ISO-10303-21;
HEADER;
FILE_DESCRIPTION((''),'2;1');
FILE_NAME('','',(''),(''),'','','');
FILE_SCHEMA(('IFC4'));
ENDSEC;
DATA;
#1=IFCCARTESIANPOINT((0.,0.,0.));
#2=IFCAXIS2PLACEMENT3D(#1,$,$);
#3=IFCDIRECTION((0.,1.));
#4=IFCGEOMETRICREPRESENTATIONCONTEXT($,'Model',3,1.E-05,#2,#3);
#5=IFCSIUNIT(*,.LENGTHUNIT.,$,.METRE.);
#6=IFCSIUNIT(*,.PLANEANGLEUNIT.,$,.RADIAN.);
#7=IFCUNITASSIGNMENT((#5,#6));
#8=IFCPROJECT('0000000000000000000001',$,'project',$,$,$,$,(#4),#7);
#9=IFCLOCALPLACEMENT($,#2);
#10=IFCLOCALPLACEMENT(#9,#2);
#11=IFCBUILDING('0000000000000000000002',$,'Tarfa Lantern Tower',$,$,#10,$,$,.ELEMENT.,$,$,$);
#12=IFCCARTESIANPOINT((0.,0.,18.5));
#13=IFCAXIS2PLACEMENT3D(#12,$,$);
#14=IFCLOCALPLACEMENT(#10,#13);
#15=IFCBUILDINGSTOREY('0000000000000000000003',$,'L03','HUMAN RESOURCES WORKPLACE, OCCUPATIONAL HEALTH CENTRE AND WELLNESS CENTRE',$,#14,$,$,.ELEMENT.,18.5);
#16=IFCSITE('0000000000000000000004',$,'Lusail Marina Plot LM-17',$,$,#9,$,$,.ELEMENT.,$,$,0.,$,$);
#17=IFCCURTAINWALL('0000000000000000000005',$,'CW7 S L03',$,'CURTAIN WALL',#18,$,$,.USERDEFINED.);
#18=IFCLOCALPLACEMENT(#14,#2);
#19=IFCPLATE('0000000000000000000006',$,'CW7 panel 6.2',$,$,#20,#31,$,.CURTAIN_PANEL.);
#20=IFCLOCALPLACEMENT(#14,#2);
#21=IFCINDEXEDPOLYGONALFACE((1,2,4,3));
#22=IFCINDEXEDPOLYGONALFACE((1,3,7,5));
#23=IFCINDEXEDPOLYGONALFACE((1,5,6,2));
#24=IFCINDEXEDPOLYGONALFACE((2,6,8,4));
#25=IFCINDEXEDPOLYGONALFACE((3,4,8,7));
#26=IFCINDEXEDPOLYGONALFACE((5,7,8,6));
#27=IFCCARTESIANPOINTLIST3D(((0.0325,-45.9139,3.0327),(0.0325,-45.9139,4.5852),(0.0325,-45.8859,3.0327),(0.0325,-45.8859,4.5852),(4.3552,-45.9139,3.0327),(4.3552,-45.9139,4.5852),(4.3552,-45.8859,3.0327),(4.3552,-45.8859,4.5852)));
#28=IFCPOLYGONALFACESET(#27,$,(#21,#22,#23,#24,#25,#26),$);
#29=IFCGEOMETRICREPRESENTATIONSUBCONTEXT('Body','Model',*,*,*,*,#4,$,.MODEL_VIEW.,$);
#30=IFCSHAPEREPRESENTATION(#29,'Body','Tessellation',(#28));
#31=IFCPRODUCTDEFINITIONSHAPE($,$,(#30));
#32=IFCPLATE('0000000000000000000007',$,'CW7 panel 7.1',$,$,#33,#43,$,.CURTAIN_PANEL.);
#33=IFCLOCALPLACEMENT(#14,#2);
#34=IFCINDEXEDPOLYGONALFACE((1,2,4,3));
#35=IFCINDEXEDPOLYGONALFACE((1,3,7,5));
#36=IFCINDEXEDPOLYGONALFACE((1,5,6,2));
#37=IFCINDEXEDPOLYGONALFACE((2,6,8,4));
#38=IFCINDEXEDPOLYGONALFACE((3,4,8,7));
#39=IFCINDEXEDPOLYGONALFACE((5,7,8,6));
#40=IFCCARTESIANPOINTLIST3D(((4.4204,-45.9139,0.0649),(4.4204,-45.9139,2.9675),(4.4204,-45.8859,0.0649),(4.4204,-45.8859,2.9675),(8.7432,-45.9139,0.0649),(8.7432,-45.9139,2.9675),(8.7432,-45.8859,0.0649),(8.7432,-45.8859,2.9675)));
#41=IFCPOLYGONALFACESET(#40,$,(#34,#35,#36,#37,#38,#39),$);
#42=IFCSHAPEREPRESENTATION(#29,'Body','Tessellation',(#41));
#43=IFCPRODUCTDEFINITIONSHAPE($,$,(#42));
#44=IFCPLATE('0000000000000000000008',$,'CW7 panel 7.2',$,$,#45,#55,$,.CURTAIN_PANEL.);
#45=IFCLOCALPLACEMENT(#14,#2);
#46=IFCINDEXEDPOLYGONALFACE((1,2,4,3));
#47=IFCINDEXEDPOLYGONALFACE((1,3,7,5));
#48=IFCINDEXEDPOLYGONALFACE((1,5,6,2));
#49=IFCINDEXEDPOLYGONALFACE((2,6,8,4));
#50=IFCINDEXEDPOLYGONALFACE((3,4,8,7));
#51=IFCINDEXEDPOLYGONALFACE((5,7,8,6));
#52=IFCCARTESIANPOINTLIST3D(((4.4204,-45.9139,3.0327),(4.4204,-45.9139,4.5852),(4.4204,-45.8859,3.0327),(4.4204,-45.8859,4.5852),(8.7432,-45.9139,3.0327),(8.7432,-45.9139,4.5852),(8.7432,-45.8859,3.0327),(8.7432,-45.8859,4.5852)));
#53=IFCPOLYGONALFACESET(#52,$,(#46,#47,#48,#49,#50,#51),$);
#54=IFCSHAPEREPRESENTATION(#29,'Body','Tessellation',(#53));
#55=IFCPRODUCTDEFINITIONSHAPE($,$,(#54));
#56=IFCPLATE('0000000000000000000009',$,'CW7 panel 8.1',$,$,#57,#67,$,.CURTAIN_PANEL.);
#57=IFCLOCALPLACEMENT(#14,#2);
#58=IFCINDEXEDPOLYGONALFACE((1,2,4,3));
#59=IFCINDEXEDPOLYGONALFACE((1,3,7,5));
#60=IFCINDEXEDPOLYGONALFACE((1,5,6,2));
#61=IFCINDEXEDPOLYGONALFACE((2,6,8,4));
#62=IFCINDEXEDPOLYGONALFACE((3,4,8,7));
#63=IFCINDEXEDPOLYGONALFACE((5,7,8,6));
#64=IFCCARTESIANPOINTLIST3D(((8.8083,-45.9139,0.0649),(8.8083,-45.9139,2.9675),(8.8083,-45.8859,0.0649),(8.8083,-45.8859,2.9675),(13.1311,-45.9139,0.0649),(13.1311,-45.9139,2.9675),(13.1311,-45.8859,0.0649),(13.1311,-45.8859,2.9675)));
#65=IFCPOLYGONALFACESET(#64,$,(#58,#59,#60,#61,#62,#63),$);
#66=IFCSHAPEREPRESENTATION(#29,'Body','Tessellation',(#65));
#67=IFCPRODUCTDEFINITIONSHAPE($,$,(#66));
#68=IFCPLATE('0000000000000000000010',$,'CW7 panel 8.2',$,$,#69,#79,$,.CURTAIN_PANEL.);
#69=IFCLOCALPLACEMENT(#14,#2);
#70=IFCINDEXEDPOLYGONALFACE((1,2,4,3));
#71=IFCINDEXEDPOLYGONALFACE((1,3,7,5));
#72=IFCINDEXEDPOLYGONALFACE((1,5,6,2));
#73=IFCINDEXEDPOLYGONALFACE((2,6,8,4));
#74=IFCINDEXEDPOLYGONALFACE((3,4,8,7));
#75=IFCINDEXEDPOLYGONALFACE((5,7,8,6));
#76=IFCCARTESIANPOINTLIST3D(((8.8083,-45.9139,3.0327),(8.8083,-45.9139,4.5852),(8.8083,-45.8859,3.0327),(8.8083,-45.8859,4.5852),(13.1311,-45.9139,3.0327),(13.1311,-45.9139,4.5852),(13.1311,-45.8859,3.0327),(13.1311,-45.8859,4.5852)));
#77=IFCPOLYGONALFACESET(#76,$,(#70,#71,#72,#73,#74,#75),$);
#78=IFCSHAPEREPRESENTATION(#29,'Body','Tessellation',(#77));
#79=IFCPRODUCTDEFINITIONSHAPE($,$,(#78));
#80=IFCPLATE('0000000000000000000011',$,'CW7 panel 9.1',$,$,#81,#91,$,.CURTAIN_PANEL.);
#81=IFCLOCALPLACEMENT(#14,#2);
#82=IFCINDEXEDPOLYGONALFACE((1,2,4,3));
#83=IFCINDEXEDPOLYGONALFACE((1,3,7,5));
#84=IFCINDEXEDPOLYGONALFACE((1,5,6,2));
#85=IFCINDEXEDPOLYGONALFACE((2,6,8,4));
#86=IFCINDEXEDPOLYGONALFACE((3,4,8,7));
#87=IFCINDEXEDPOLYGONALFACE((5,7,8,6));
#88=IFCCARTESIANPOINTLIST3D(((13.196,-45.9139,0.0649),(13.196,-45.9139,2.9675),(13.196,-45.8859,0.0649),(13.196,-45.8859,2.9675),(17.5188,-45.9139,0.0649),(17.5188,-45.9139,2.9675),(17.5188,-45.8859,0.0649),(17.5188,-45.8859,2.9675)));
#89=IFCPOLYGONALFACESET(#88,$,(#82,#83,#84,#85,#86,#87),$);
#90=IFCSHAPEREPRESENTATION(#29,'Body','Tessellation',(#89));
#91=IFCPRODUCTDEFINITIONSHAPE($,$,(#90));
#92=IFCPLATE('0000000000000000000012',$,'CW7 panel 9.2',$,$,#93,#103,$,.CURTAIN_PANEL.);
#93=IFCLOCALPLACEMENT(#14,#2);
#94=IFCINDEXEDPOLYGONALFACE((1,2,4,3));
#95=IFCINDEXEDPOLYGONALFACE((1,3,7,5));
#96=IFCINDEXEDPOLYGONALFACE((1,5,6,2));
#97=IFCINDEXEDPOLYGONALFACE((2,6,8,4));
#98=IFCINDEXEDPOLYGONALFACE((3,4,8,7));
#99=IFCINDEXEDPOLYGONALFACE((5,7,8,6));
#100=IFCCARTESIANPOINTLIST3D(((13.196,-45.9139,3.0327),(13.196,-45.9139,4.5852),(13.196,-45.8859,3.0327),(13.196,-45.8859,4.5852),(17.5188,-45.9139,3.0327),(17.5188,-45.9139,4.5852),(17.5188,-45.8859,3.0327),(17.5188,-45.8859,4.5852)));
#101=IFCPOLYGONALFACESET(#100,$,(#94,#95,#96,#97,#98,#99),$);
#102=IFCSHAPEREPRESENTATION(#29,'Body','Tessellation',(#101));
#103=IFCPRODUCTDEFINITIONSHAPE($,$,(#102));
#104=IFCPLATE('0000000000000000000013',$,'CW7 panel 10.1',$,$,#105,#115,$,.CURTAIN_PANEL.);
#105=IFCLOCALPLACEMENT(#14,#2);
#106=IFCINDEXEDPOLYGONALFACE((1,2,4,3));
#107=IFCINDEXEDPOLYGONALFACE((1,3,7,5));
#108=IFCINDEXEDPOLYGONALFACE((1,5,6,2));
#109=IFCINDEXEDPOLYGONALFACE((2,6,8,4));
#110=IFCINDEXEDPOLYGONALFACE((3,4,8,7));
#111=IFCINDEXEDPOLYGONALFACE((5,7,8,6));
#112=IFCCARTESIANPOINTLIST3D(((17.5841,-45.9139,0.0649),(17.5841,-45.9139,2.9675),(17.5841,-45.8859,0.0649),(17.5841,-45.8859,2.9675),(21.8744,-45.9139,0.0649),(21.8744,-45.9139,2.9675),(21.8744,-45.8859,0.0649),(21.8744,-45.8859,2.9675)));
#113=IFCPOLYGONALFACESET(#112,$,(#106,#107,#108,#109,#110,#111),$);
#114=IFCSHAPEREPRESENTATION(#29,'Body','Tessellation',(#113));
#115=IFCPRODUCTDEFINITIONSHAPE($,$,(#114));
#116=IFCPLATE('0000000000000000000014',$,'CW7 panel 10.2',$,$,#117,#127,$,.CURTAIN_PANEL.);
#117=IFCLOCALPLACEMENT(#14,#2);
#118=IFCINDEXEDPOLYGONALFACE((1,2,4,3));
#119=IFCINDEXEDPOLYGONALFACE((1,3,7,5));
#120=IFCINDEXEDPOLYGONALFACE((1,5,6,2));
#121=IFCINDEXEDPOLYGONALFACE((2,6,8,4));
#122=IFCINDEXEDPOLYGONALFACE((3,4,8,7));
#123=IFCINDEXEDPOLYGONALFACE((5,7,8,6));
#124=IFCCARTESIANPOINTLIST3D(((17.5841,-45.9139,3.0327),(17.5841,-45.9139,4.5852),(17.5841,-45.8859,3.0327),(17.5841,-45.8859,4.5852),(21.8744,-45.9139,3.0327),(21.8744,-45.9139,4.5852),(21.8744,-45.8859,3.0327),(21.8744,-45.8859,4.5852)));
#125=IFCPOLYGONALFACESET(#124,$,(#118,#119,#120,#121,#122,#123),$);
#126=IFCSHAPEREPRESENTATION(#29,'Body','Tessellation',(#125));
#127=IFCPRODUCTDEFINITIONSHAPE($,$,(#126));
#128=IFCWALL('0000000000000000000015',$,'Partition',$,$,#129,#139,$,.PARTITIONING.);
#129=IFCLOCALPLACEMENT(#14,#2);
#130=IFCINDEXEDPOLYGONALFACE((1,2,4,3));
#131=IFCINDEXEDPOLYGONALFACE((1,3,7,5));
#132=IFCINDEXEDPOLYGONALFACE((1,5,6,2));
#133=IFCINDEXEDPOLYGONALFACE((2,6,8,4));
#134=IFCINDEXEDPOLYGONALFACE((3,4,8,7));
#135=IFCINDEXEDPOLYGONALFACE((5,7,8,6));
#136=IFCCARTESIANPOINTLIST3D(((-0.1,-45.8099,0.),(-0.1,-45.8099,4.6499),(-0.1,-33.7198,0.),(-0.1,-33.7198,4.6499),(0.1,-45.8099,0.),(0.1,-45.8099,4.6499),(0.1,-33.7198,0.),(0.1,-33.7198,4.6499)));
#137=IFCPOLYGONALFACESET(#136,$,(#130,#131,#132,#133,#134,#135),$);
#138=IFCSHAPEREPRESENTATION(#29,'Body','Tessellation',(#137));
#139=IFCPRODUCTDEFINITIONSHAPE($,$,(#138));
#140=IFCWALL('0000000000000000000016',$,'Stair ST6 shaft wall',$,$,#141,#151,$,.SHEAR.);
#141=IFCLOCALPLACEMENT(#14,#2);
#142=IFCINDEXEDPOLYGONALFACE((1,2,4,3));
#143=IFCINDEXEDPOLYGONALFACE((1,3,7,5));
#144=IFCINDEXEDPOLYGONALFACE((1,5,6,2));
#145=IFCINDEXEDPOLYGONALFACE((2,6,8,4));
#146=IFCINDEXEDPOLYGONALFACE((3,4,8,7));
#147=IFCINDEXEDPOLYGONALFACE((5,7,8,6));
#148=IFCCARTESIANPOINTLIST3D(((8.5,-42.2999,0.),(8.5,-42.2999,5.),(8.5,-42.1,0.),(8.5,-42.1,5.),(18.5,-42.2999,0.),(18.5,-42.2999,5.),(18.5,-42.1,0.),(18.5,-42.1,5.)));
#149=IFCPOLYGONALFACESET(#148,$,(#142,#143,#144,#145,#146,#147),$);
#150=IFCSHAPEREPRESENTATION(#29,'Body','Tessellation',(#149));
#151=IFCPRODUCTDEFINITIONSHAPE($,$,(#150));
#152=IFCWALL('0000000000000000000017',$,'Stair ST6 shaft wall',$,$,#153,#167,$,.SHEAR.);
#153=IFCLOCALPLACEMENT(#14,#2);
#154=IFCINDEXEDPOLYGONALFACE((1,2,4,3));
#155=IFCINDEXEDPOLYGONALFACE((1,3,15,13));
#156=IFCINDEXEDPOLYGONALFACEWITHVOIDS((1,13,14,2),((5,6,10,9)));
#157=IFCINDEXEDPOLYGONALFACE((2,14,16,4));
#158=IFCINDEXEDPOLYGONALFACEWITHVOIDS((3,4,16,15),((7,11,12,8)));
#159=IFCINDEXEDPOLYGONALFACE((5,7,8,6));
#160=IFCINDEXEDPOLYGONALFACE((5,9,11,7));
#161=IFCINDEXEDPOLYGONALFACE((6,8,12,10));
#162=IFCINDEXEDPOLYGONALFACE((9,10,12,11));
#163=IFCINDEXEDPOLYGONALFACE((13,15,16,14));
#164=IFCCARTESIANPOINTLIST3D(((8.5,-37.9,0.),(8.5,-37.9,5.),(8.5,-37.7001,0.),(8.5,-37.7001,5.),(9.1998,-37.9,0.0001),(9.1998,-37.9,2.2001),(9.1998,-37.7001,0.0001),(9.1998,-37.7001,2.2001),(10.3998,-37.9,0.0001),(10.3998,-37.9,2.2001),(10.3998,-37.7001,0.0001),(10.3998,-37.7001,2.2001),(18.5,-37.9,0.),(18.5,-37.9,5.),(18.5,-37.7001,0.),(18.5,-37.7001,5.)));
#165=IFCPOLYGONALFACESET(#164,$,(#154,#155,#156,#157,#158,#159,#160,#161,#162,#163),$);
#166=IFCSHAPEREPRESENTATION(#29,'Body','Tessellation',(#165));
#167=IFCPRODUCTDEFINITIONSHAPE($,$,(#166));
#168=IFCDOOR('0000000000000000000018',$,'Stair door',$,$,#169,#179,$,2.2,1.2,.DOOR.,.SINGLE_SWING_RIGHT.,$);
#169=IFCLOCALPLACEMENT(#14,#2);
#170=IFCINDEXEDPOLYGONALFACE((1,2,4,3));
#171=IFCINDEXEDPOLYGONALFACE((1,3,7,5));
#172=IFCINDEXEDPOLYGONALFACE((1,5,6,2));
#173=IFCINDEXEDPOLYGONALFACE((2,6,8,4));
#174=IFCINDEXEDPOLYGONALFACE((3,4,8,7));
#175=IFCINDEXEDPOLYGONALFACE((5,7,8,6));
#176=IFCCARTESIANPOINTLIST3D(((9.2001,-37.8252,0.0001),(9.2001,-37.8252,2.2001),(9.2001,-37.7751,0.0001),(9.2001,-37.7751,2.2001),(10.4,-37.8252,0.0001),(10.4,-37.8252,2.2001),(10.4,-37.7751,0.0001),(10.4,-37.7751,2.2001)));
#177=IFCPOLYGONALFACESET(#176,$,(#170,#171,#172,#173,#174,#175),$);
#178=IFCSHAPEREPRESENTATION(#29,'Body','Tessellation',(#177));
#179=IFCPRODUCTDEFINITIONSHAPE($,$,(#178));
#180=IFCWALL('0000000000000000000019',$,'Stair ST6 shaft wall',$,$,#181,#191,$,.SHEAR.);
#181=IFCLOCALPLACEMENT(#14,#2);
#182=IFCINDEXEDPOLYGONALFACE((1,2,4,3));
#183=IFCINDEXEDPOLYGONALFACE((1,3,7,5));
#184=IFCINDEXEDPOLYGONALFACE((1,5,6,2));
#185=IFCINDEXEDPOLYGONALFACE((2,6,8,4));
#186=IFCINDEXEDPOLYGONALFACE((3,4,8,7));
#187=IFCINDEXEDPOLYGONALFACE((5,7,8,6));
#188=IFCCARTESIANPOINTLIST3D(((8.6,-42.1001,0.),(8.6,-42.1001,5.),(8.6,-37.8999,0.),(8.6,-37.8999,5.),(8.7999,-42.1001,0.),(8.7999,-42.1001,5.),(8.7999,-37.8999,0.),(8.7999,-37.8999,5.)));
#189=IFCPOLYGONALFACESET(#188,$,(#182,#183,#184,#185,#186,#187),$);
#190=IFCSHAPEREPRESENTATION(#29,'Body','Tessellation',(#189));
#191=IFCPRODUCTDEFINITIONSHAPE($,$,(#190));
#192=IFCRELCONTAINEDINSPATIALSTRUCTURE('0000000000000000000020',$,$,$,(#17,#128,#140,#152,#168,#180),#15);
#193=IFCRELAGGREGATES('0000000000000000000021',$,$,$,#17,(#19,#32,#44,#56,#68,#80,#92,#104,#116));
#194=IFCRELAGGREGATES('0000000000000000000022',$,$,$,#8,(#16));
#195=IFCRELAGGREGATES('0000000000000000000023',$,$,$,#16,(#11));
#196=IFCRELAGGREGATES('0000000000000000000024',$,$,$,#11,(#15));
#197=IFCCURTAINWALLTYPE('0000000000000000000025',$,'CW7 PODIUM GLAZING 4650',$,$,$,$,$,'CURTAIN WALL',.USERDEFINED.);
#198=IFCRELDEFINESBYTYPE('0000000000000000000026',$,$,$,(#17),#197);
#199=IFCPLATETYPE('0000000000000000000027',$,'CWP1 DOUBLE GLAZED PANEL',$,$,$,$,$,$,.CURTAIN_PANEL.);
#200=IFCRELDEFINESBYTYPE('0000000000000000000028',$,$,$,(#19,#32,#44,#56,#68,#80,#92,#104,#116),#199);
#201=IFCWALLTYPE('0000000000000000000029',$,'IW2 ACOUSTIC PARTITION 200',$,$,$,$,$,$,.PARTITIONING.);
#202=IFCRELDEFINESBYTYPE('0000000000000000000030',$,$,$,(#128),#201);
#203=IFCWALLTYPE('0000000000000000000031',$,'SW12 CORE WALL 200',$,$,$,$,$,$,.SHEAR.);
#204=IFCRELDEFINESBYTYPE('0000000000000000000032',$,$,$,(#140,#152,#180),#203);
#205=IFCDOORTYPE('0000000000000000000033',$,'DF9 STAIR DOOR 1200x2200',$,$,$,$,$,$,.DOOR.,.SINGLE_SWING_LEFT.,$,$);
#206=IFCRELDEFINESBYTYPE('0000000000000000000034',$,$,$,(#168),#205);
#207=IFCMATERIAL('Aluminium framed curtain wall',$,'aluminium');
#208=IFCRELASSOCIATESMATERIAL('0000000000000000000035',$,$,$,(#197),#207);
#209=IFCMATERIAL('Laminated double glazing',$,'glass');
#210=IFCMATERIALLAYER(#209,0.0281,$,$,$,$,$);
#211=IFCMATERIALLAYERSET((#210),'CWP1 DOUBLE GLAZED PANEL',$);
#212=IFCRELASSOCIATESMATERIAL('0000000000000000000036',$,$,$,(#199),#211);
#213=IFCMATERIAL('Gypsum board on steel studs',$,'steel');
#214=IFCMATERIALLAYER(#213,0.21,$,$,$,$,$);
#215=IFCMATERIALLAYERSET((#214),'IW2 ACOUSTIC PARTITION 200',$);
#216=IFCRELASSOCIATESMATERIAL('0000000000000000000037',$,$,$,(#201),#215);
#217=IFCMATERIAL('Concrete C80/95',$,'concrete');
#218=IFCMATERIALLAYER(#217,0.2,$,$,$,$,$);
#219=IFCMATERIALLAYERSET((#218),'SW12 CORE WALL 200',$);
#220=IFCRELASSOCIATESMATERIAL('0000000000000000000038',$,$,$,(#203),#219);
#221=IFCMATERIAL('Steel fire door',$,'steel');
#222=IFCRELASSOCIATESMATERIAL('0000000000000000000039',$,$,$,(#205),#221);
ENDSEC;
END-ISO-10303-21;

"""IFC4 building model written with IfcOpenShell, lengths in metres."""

from ifc_helpers import new_model, si_unit, direction, frame, frame_2d, origin, origin_2d, place, context, subcontext, project, spatial, rectangle, extrude, material, layer, layer_set, type_object, element, fill, aggregate, save


model = new_model("IFC4")

# Units and contexts
model_context = context("Model", 3, precision=1e-05, world=origin(), true_north=direction((0.0, 1.0)))
body_context = subcontext(model_context, "Body", "Model", "MODEL_VIEW")
ifc_project = project(units=[si_unit("LENGTHUNIT", "METRE"), si_unit("PLANEANGLEUNIT", "RADIAN")], contexts=[model_context])

# Site, building, storey
site_placement = place(None, origin())
site = spatial("IfcSite", under=ifc_project, at=site_placement, Name="Lusail Marina Plot LM-17", CompositionType="ELEMENT", RefElevation=0.0)
building_placement = place(site_placement, origin())
building = spatial("IfcBuilding", under=site, at=building_placement, Name="Tarfa Lantern Tower", CompositionType="ELEMENT")
storey_placement = place(building_placement, frame((0.0, 0.0, 18.5)))
storey = spatial("IfcBuildingStorey", under=building, at=storey_placement, Name="L03", Description="HUMAN RESOURCES WORKPLACE, OCCUPATIONAL HEALTH CENTRE AND WELLNESS CENTRE", CompositionType="ELEMENT", Elevation=18.5)

# Shared definitions
ifc_material_1 = material(Name="Concrete C80/95", Category="concrete")

# Curtain wall
ifc_material_2 = material(Name="Aluminium framed curtain wall", Category="aluminium")
curtain_wall_type = type_object("IfcCurtainWallType", Name="CW7 PODIUM GLAZING 4650", ElementType="CURTAIN WALL", PredefinedType="USERDEFINED", material=ifc_material_2)
curtain_wall_placement = place(storey_placement, origin())
curtain_wall = element("IfcCurtainWall", 1, at=curtain_wall_placement, inside=storey, type_object=curtain_wall_type, Name="CW7 S L03", ObjectType="CURTAIN WALL", PredefinedType="USERDEFINED")

# Plates
ifc_material_3 = material(Name="Laminated double glazing", Category="glass")
ifc_layer_1 = layer(ifc_material_3, 0.0281)
ifc_layer_set_1 = layer_set([ifc_layer_1], Name="CWP1 DOUBLE GLAZED PANEL")
plate_type = type_object("IfcPlateType", Name="CWP1 DOUBLE GLAZED PANEL", PredefinedType="CURTAIN_PANEL", material=ifc_layer_set_1)
plate_1_placement = place(storey_placement, frame((2.1938, -45.8999, 3.0327), z_axis=(0.0, 0.0, 1.0), x_axis=(1.0, 0.0, 0.0)))
plate_1 = element("IfcPlate", 2, at=plate_1_placement, type_object=plate_type, Name="CW7 panel 6.2", PredefinedType="CURTAIN_PANEL", context=body_context, shape_type="SweptSolid", body=[
    extrude(rectangle(XDim=4.3228, YDim=0.0281, at=origin_2d()), origin(), (0.0, 0.0, 1.0), 1.5525),
])
plate_2_placement = place(storey_placement, frame((6.5818, -45.8999, 0.0649), z_axis=(0.0, 0.0, 1.0), x_axis=(1.0, 0.0, 0.0)))
plate_2 = element("IfcPlate", 3, at=plate_2_placement, type_object=plate_type, Name="CW7 panel 7.1", PredefinedType="CURTAIN_PANEL", context=body_context, shape_type="SweptSolid", body=[
    extrude(rectangle(XDim=4.3228, YDim=0.0281, at=origin_2d()), origin(), (0.0, 0.0, 1.0), 2.9026),
])
plate_3_placement = place(storey_placement, frame((6.5818, -45.8999, 3.0327), z_axis=(0.0, 0.0, 1.0), x_axis=(1.0, 0.0, 0.0)))
plate_3 = element("IfcPlate", 4, at=plate_3_placement, type_object=plate_type, Name="CW7 panel 7.2", PredefinedType="CURTAIN_PANEL", context=body_context, shape_type="SweptSolid", body=[
    extrude(rectangle(XDim=4.3228, YDim=0.0281, at=origin_2d()), origin(), (0.0, 0.0, 1.0), 1.5525),
])
plate_4_placement = place(storey_placement, frame((10.9697, -45.8999, 0.0649), z_axis=(0.0, 0.0, 1.0), x_axis=(1.0, 0.0, 0.0)))
plate_4 = element("IfcPlate", 5, at=plate_4_placement, type_object=plate_type, Name="CW7 panel 8.1", PredefinedType="CURTAIN_PANEL", context=body_context, shape_type="SweptSolid", body=[
    extrude(rectangle(XDim=4.3228, YDim=0.0281, at=origin_2d()), origin(), (0.0, 0.0, 1.0), 2.9026),
])
plate_5_placement = place(storey_placement, frame((10.9697, -45.8999, 3.0327), z_axis=(0.0, 0.0, 1.0), x_axis=(1.0, 0.0, 0.0)))
plate_5 = element("IfcPlate", 6, at=plate_5_placement, type_object=plate_type, Name="CW7 panel 8.2", PredefinedType="CURTAIN_PANEL", context=body_context, shape_type="SweptSolid", body=[
    extrude(rectangle(XDim=4.3228, YDim=0.0281, at=origin_2d()), origin(), (0.0, 0.0, 1.0), 1.5525),
])
plate_6_placement = place(storey_placement, frame((15.3574, -45.8999, 0.0649), z_axis=(0.0, 0.0, 1.0), x_axis=(1.0, 0.0, 0.0)))
plate_6 = element("IfcPlate", 7, at=plate_6_placement, type_object=plate_type, Name="CW7 panel 9.1", PredefinedType="CURTAIN_PANEL", context=body_context, shape_type="SweptSolid", body=[
    extrude(rectangle(XDim=4.3228, YDim=0.0281, at=origin_2d()), origin(), (0.0, 0.0, 1.0), 2.9026),
])
plate_7_placement = place(storey_placement, frame((15.3574, -45.8999, 3.0327), z_axis=(0.0, 0.0, 1.0), x_axis=(1.0, 0.0, 0.0)))
plate_7 = element("IfcPlate", 8, at=plate_7_placement, type_object=plate_type, Name="CW7 panel 9.2", PredefinedType="CURTAIN_PANEL", context=body_context, shape_type="SweptSolid", body=[
    extrude(rectangle(XDim=4.3228, YDim=0.0281, at=origin_2d()), origin(), (0.0, 0.0, 1.0), 1.5525),
])
plate_8_placement = place(storey_placement, frame((19.7292, -45.8999, 0.0649), z_axis=(0.0, 0.0, 1.0), x_axis=(1.0, 0.0, 0.0)))
plate_8 = element("IfcPlate", 9, at=plate_8_placement, type_object=plate_type, Name="CW7 panel 10.1", PredefinedType="CURTAIN_PANEL", context=body_context, shape_type="SweptSolid", body=[
    extrude(rectangle(XDim=4.2903, YDim=0.0281, at=origin_2d()), origin(), (0.0, 0.0, 1.0), 2.9026),
])
plate_9_placement = place(storey_placement, frame((19.7292, -45.8999, 3.0327), z_axis=(0.0, 0.0, 1.0), x_axis=(1.0, 0.0, 0.0)))
plate_9 = element("IfcPlate", 10, at=plate_9_placement, type_object=plate_type, Name="CW7 panel 10.2", PredefinedType="CURTAIN_PANEL", context=body_context, shape_type="SweptSolid", body=[
    extrude(rectangle(XDim=4.2903, YDim=0.0281, at=origin_2d()), origin(), (0.0, 0.0, 1.0), 1.5525),
])
aggregate(curtain_wall, [plate_1, plate_2, plate_3, plate_4, plate_5, plate_6, plate_7, plate_8, plate_9])

# Walls
ifc_material_4 = material(Name="Gypsum board on steel studs", Category="steel")
ifc_layer_2 = layer(ifc_material_4, 0.21)
ifc_layer_set_2 = layer_set([ifc_layer_2], Name="IW2 ACOUSTIC PARTITION 200")
wall_type_1 = type_object("IfcWallType", Name="IW2 ACOUSTIC PARTITION 200", PredefinedType="PARTITIONING", material=ifc_layer_set_2)
wall_1_placement = place(storey_placement, frame((0.0, -33.72, 0.0), z_axis=(0.0, 0.0, 1.0), x_axis=(0.0, -1.0, 0.0)))
element("IfcWall", 11, at=wall_1_placement, inside=storey, type_object=wall_type_1, Name="Partition", PredefinedType="PARTITIONING", context=body_context, shape_type="SweptSolid", body=[
    extrude(rectangle(XDim=12.0901, YDim=0.2, at=frame_2d((6.0449, 0.0))), origin(), (0.0, 0.0, 1.0), 4.6499),
])
ifc_layer_3 = layer(ifc_material_1, 0.2)
ifc_layer_set_3 = layer_set([ifc_layer_3], Name="SW12 CORE WALL 200")
wall_type_2 = type_object("IfcWallType", Name="SW12 CORE WALL 200", PredefinedType="SHEAR", material=ifc_layer_set_3)
wall_2_placement = place(storey_placement, frame((8.5, -42.2, 0.0), z_axis=(0.0, 0.0, 1.0), x_axis=(1.0, 0.0, 0.0)))
element("IfcWall", 12, at=wall_2_placement, inside=storey, type_object=wall_type_2, Name="Stair ST6 shaft wall", PredefinedType="SHEAR", context=body_context, shape_type="SweptSolid", body=[
    extrude(rectangle(XDim=10.0, YDim=0.2, at=frame_2d((5.0, 0.0))), origin(), (0.0, 0.0, 1.0), 5.0),
])

# Wall, opening, door
wall_3_placement = place(storey_placement, frame((18.5, -37.8, 0.0), z_axis=(0.0, 0.0, 1.0), x_axis=(-1.0, 0.0, 0.0)))
wall_3 = element("IfcWall", 13, at=wall_3_placement, inside=storey, type_object=wall_type_2, Name="Stair ST6 shaft wall", PredefinedType="SHEAR", context=body_context, shape_type="SweptSolid", body=[
    extrude(rectangle(XDim=10.0, YDim=0.2, at=frame_2d((5.0, 0.0))), origin(), (0.0, 0.0, 1.0), 5.0),
])
opening_placement = place(wall_3_placement, frame((8.1001, 0.0, 0.0)))
opening = element("IfcOpeningElement", 14, at=opening_placement, cuts=wall_3, PredefinedType="OPENING", context=body_context, shape_type="SweptSolid", body=[
    extrude(rectangle(XDim=1.2, YDim=2.2, at=frame_2d((0.6001, 1.1001))), frame((0.0, 0.1099, 0.0), z_axis=(0.0, -1.0, 0.0), x_axis=(1.0, 0.0, 0.0)), (0.0, 0.0, 1.0), 0.22),
])
ifc_material_5 = material(Name="Steel fire door", Category="steel")
door_type = type_object("IfcDoorType", Name="DF9 STAIR DOOR 1200x2200", OperationType="SINGLE_SWING_LEFT", PredefinedType="DOOR", material=ifc_material_5)
door_placement = place(opening_placement, frame((1.2, 0.0, 0.0), z_axis=(0.0, 0.0, 1.0), x_axis=(-1.0, 0.0, 0.0)))
door = element("IfcDoor", 15, at=door_placement, inside=storey, type_object=door_type, Name="Stair door", OperationType="SINGLE_SWING_RIGHT", OverallHeight=2.2, OverallWidth=1.2, PredefinedType="DOOR", context=body_context, shape_type="SweptSolid", body=[
    extrude(rectangle(XDim=1.2, YDim=2.2, at=frame_2d((0.6001, 1.1001))), frame((0.0, 0.0249, 0.0), z_axis=(0.0, -1.0, 0.0), x_axis=(1.0, 0.0, 0.0)), (0.0, 0.0, 1.0), 0.05),
])
fill(opening, door)

# Wall
for number, where, z_axis, x_axis, name in (
    (16, (8.7, -37.8999, 0.0), (0.0, 0.0, 1.0), (0.0, -1.0, 0.0), "Stair ST6 shaft wall"),
):
    element("IfcWall", number, at=place(storey_placement, frame(where, z_axis=z_axis, x_axis=x_axis)), inside=storey, type_object=wall_type_2, Name=name, PredefinedType="SHEAR", context=body_context, shape_type="SweptSolid", body=[
        extrude(rectangle(XDim=4.2002, YDim=0.2, at=frame_2d((2.1001, 0.0))), origin(), (0.0, 0.0, 1.0), 5.0),
    ])

save(model, "model.ifc")
